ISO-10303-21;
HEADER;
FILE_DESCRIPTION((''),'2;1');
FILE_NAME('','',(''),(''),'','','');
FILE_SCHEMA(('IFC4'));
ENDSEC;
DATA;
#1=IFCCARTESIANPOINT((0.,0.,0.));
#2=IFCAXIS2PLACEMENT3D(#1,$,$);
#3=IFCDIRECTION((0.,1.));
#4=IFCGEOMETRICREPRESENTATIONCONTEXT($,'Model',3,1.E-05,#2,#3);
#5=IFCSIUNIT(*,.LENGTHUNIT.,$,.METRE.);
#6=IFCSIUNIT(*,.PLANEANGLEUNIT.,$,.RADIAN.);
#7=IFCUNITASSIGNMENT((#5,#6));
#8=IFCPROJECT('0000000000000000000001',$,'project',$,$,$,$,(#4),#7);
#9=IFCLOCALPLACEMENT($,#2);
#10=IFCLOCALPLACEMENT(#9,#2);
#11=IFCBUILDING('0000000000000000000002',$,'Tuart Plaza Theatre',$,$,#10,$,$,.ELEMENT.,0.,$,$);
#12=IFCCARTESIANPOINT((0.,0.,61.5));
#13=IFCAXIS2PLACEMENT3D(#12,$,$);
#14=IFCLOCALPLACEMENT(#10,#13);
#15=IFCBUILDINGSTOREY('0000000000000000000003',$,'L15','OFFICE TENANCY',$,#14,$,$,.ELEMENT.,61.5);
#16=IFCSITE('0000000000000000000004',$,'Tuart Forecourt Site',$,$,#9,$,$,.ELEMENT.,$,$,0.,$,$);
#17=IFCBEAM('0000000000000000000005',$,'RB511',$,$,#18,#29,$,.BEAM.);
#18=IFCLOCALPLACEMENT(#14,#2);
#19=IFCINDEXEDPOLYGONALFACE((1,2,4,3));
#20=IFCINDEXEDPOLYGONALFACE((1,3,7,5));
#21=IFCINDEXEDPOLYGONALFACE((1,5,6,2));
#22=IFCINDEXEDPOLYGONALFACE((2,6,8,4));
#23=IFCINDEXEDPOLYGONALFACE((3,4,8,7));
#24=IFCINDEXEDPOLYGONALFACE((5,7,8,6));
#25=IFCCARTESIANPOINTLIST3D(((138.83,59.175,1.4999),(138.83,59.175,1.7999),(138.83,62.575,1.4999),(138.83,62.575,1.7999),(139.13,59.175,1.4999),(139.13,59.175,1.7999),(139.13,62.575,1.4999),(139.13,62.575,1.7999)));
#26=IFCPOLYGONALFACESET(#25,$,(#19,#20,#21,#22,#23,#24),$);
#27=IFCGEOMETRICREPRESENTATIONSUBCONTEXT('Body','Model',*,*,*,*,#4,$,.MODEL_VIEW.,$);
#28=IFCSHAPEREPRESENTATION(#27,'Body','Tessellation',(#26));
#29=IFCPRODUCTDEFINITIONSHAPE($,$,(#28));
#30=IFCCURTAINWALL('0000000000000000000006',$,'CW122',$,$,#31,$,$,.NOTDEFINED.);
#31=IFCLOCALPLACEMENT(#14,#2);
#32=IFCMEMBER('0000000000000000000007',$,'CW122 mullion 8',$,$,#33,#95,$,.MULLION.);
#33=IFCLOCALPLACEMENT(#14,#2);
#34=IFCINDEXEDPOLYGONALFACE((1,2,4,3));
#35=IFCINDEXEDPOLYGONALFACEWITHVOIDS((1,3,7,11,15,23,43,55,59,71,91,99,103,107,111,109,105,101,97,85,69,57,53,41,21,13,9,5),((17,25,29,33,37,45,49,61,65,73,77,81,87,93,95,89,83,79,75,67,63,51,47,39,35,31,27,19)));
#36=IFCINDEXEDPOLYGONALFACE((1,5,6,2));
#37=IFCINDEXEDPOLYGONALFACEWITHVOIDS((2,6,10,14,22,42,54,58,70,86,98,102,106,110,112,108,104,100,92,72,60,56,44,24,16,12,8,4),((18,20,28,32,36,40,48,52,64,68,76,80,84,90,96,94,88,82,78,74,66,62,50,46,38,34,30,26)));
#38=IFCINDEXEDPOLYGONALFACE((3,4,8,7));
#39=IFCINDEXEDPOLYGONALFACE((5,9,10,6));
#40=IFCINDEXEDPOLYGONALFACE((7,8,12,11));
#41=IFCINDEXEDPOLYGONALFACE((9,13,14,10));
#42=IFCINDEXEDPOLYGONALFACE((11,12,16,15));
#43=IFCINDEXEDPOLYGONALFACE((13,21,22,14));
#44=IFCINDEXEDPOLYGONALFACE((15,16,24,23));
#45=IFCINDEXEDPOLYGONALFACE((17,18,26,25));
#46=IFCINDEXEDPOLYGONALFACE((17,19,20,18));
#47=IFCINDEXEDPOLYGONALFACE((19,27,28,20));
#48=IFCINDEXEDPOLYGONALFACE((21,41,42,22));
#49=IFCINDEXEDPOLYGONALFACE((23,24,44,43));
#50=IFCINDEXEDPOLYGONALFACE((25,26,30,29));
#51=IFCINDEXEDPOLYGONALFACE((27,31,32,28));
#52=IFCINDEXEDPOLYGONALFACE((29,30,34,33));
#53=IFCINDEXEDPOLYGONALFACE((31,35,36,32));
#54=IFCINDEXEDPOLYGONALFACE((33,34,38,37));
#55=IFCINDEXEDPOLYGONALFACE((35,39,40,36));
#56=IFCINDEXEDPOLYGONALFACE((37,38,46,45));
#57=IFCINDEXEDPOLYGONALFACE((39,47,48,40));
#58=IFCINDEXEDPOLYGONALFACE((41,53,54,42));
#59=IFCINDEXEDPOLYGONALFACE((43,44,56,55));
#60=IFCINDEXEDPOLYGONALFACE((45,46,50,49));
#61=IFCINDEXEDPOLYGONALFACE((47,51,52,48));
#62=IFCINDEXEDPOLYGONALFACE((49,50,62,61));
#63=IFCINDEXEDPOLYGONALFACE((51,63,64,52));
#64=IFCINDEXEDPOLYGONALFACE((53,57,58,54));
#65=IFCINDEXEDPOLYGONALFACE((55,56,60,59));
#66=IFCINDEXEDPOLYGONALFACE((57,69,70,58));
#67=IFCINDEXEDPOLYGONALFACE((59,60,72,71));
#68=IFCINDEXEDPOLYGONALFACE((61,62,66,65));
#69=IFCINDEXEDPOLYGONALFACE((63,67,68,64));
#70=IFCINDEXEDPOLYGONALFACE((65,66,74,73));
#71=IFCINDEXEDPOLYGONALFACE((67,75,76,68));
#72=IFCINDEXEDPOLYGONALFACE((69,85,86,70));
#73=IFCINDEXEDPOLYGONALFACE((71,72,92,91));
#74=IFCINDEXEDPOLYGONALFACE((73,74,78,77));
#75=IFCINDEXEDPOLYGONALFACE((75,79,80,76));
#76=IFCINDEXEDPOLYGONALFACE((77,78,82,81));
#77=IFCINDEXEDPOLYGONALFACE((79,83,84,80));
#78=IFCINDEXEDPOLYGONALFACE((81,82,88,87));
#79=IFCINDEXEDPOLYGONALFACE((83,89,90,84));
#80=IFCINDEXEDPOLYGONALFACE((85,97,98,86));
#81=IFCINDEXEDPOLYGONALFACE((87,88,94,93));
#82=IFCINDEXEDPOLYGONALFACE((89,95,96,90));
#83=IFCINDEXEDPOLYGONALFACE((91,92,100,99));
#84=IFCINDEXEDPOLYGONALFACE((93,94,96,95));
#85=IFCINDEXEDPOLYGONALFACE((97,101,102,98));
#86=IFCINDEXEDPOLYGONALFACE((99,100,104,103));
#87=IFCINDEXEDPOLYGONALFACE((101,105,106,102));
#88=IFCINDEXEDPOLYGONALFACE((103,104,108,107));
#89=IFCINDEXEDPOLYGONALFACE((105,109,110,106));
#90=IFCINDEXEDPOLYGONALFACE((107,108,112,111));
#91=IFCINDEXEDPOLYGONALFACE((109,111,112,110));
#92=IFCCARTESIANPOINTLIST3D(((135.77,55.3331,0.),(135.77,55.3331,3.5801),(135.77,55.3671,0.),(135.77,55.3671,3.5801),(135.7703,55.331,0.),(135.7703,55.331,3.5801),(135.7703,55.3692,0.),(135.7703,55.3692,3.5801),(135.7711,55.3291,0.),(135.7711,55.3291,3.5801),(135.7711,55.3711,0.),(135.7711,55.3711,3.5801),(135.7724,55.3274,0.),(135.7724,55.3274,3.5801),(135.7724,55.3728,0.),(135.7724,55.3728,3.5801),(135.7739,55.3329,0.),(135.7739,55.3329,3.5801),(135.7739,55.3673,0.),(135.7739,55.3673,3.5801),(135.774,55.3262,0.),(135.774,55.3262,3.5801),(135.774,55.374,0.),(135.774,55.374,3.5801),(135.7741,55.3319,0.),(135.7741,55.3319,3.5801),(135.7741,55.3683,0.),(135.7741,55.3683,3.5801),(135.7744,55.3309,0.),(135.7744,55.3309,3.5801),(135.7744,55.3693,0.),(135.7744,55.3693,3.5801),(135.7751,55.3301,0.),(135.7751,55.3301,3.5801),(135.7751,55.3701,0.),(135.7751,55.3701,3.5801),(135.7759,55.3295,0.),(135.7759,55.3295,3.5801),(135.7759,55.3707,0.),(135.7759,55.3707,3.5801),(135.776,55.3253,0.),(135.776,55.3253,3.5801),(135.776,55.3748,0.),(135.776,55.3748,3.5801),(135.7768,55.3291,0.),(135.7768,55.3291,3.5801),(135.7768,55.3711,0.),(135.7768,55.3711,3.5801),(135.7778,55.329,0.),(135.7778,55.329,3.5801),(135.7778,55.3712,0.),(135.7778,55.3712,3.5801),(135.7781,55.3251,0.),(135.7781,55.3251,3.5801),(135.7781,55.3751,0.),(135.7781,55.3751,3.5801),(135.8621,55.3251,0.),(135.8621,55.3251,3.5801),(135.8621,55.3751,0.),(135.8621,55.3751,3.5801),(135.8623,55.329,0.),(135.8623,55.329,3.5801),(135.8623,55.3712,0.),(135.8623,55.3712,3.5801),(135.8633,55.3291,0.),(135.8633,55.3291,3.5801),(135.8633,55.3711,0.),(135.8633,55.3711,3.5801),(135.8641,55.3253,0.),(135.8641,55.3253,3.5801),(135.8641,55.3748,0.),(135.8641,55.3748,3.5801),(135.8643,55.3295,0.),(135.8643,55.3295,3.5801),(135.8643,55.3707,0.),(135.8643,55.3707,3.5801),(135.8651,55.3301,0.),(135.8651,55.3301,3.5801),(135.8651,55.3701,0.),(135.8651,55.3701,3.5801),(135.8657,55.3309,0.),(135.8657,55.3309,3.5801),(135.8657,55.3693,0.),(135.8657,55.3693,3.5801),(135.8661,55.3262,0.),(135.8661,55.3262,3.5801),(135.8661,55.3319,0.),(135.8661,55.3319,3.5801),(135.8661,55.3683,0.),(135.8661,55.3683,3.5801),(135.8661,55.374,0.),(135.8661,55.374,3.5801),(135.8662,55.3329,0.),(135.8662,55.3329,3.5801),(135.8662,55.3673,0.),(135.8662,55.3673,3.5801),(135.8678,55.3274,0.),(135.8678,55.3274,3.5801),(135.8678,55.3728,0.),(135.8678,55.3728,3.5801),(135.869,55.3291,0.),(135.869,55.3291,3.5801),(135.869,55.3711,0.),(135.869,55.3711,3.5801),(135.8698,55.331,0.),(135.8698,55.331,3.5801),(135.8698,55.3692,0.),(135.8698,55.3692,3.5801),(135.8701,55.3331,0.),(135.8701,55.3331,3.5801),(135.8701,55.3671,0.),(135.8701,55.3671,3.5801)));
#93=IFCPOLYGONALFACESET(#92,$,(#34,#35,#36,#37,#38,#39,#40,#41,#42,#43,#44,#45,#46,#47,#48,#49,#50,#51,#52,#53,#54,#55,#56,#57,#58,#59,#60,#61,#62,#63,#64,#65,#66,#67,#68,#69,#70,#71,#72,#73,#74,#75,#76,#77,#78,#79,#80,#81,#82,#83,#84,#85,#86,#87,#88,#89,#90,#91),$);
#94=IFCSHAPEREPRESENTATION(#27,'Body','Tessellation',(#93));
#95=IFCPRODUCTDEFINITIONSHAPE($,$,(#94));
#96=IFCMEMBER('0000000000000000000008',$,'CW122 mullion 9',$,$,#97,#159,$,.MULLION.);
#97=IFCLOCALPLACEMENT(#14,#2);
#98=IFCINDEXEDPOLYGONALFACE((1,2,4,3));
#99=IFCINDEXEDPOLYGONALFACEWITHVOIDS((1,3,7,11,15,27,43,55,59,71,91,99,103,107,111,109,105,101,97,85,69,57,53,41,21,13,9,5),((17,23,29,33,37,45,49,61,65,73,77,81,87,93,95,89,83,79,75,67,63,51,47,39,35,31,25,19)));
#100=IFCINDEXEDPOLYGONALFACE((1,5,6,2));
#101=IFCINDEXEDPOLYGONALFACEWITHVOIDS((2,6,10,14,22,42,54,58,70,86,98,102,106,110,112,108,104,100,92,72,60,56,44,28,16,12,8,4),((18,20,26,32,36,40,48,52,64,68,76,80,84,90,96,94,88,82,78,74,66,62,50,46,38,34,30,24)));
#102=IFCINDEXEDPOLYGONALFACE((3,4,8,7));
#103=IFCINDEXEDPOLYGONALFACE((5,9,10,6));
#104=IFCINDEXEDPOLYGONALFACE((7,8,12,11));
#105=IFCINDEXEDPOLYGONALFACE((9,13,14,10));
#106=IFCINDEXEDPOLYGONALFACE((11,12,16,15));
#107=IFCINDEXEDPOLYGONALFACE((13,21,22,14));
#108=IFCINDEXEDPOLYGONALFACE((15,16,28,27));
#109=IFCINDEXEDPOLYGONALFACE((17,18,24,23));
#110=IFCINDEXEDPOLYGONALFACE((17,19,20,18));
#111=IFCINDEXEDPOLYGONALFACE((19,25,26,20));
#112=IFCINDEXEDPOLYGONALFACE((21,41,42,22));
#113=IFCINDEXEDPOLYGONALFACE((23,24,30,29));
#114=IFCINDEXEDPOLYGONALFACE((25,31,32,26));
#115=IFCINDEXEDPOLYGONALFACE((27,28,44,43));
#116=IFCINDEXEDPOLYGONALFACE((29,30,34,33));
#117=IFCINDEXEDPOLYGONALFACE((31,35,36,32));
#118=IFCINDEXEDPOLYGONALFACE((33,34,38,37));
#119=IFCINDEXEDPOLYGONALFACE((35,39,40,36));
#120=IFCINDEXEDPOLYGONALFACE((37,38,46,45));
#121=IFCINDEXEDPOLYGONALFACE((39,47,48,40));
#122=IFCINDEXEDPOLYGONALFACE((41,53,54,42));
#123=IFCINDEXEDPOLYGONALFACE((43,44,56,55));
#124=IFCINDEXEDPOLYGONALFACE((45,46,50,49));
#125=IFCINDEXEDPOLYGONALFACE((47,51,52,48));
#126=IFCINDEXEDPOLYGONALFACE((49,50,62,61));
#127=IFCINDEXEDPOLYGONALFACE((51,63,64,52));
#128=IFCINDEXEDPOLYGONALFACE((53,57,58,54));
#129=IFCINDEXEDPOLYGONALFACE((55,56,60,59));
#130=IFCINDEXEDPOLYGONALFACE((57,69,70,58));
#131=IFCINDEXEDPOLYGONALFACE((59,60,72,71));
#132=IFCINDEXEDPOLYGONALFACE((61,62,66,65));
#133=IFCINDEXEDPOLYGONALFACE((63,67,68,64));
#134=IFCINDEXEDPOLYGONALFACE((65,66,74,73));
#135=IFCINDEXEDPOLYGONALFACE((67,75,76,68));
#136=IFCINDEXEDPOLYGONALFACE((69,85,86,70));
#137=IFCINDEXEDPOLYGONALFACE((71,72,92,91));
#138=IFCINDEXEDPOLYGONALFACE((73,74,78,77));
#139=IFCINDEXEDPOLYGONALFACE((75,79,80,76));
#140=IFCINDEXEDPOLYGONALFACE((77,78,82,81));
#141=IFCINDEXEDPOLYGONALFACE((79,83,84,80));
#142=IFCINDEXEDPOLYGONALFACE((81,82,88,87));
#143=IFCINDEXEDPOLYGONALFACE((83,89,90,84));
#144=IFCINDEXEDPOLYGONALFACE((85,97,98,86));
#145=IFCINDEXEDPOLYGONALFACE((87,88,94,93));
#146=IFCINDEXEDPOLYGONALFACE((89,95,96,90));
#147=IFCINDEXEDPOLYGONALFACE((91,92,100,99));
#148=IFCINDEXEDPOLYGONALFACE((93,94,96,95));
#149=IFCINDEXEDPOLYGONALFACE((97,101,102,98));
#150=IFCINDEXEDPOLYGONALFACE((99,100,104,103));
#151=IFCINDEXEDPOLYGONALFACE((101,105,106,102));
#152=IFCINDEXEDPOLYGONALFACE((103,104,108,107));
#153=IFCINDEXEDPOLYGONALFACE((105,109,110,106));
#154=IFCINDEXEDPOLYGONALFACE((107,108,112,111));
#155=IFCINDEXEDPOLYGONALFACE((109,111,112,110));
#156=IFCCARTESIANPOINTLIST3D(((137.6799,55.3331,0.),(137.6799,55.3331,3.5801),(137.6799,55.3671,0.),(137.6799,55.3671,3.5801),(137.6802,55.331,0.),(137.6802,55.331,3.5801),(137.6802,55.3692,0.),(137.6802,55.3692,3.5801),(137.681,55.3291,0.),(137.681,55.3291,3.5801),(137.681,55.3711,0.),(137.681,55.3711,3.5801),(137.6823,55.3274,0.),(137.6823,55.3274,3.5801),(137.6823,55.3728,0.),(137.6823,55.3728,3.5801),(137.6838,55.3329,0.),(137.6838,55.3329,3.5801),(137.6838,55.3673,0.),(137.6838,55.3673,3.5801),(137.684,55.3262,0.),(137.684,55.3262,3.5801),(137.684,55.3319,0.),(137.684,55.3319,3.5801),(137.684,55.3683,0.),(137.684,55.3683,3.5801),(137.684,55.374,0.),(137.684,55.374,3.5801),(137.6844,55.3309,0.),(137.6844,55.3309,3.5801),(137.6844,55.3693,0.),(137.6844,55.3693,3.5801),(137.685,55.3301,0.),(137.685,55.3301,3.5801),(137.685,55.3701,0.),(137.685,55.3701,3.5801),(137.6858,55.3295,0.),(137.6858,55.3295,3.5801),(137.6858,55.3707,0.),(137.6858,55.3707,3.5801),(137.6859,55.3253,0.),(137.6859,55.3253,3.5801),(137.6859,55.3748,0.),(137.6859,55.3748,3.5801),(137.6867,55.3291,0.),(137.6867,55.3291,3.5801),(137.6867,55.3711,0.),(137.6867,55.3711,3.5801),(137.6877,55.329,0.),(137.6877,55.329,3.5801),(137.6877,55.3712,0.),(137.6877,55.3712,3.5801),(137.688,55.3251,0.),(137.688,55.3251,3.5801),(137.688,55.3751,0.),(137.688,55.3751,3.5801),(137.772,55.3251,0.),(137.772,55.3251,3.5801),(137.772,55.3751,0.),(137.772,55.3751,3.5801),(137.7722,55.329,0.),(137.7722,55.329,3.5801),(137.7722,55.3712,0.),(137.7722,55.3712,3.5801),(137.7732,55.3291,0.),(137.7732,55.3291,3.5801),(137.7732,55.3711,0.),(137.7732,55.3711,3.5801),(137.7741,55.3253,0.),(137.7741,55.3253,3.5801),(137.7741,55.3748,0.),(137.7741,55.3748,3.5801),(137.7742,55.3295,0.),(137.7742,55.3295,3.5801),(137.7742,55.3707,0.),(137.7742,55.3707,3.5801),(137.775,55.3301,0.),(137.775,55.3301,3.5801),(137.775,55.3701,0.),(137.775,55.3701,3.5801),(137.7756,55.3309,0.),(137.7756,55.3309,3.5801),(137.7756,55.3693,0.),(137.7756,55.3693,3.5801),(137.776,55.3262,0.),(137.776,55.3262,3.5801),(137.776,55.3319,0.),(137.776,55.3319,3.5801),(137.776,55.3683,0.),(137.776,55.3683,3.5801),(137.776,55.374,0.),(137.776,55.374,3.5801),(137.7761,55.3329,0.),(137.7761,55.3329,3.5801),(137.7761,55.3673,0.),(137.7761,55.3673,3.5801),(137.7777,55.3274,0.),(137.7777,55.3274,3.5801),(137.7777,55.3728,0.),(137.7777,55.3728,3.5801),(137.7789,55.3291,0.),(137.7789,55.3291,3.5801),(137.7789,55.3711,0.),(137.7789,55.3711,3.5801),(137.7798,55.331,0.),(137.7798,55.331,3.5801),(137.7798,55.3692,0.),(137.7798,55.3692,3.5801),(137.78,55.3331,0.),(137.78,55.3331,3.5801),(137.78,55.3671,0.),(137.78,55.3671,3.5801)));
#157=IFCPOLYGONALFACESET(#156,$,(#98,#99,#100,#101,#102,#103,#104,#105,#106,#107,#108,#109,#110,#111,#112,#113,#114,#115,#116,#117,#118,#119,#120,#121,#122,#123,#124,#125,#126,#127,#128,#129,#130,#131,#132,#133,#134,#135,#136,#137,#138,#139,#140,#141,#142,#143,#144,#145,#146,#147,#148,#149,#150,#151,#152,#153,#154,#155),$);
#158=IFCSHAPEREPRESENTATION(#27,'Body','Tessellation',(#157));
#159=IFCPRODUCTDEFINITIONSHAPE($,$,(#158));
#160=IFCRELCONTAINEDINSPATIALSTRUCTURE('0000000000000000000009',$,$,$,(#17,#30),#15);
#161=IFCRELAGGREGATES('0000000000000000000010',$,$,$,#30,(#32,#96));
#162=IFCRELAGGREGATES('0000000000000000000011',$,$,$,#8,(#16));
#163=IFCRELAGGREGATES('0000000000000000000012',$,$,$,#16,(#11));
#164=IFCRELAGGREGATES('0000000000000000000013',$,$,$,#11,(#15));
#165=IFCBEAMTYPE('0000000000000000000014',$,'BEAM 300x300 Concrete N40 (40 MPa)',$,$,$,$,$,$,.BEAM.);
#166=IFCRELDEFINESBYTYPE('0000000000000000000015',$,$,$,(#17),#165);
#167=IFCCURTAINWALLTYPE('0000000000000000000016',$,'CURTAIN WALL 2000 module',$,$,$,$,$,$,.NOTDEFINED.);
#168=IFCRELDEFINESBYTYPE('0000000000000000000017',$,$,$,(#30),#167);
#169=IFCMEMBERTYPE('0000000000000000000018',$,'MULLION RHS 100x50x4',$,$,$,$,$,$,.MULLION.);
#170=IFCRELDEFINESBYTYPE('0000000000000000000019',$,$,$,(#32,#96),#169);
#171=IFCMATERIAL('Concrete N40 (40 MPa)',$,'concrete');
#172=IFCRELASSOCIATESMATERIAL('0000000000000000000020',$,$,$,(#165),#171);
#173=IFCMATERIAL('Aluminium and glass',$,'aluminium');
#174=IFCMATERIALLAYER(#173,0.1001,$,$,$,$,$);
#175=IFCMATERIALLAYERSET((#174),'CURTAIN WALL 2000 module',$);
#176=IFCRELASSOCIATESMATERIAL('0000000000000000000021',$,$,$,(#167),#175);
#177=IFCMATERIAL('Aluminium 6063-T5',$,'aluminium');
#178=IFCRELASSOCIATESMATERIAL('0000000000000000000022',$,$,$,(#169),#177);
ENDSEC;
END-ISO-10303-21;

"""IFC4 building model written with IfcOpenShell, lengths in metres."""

from ifc_helpers import new_model, si_unit, direction, frame, origin, origin_2d, place, context, subcontext, project, spatial, rectangle, hollow_rectangle, extrude, material, layer, layer_set, material_profile, profile_set, type_object, element, aggregate, save


model = new_model("IFC4")

# Units and contexts
model_context = context("Model", 3, precision=1e-05, world=origin(), true_north=direction((0.0, 1.0)))
body_context = subcontext(model_context, "Body", "Model", "MODEL_VIEW")
ifc_project = project(units=[si_unit("LENGTHUNIT", "METRE"), si_unit("PLANEANGLEUNIT", "RADIAN")], contexts=[model_context])

# Site, building, storey
site_placement = place(None, origin())
site = spatial("IfcSite", under=ifc_project, at=site_placement, Name="Tuart Forecourt Site", CompositionType="ELEMENT", RefElevation=0.0)
building_placement = place(site_placement, origin())
building = spatial("IfcBuilding", under=site, at=building_placement, Name="Tuart Plaza Theatre", CompositionType="ELEMENT", ElevationOfRefHeight=0.0)
storey_placement = place(building_placement, frame((0.0, 0.0, 61.5)))
storey = spatial("IfcBuildingStorey", under=building, at=storey_placement, Name="L15", Description="OFFICE TENANCY", CompositionType="ELEMENT", Elevation=61.5)

# Beam
ifc_material_1 = material(Name="Concrete N40 (40 MPa)", Category="concrete")
ifc_material_profile_1 = material_profile(ifc_material_1, rectangle(XDim=0.3, YDim=0.3, at=origin_2d()), Name="BEAM 300x300 Concrete N40 (40 MPa)")
ifc_profile_set_1 = profile_set([ifc_material_profile_1], Name="Concrete N40 (40 MPa)")
beam_type = type_object("IfcBeamType", Name="BEAM 300x300 Concrete N40 (40 MPa)", PredefinedType="BEAM", material=ifc_profile_set_1)
beam_placement = place(storey_placement, frame((138.98, 59.175, 1.6499), z_axis=(0.0, 1.0, 0.0), x_axis=(-1.0, 0.0, 0.0)))
element("IfcBeam", 1, at=beam_placement, inside=storey, type_object=beam_type, Name="RB511", PredefinedType="BEAM", context=body_context, shape_type="SweptSolid", body=[
    extrude(rectangle(XDim=0.3, YDim=0.3, at=origin_2d()), origin(), (0.0, 0.0, 1.0), 3.3999),
])

# Curtain wall, members
ifc_material_2 = material(Name="Aluminium and glass", Category="aluminium")
ifc_layer_1 = layer(ifc_material_2, 0.1001)
ifc_layer_set_1 = layer_set([ifc_layer_1], Name="CURTAIN WALL 2000 module")
curtain_wall_type = type_object("IfcCurtainWallType", Name="CURTAIN WALL 2000 module", PredefinedType="NOTDEFINED", material=ifc_layer_set_1)
curtain_wall_placement = place(storey_placement, origin())
curtain_wall = element("IfcCurtainWall", 2, at=curtain_wall_placement, inside=storey, type_object=curtain_wall_type, Name="CW122", PredefinedType="NOTDEFINED")
ifc_material_3 = material(Name="Aluminium 6063-T5", Category="aluminium")
ifc_material_profile_2 = material_profile(ifc_material_3, hollow_rectangle(XDim=0.05, YDim=0.1001, WallThickness=0.0039, InnerFilletRadius=0.0039, OuterFilletRadius=0.0081, at=origin_2d()), Name="RHS 100x50x4")
ifc_profile_set_2 = profile_set([ifc_material_profile_2], Name="Aluminium 6063-T5")
member_type_1 = type_object("IfcMemberType", Name="MULLION RHS 100x50x4", PredefinedType="MULLION", material=ifc_profile_set_2)
member_1_placement = place(storey_placement, frame((135.8201, 55.3501, 0.0), z_axis=(0.0, 0.0, 1.0), x_axis=(0.0, 1.0, 0.0)))
member_1 = element("IfcMember", 3, at=member_1_placement, type_object=member_type_1, Name="CW122 mullion 8", PredefinedType="MULLION", context=body_context, shape_type="SweptSolid", body=[
    extrude(hollow_rectangle(XDim=0.05, YDim=0.1001, WallThickness=0.0039, InnerFilletRadius=0.0039, OuterFilletRadius=0.0081, at=origin_2d()), origin(), (0.0, 0.0, 1.0), 3.5801),
])
member_2_placement = place(storey_placement, frame((137.73, 55.3501, 0.0), z_axis=(0.0, 0.0, 1.0), x_axis=(0.0, 1.0, 0.0)))
member_2 = element("IfcMember", 4, at=member_2_placement, type_object=member_type_1, Name="CW122 mullion 9", PredefinedType="MULLION", context=body_context, shape_type="SweptSolid", body=[
    extrude(hollow_rectangle(XDim=0.05, YDim=0.1001, WallThickness=0.0039, InnerFilletRadius=0.0039, OuterFilletRadius=0.0081, at=origin_2d()), origin(), (0.0, 0.0, 1.0), 3.5801),
])
aggregate(curtain_wall, [member_1, member_2])

save(model, "model.ifc")
